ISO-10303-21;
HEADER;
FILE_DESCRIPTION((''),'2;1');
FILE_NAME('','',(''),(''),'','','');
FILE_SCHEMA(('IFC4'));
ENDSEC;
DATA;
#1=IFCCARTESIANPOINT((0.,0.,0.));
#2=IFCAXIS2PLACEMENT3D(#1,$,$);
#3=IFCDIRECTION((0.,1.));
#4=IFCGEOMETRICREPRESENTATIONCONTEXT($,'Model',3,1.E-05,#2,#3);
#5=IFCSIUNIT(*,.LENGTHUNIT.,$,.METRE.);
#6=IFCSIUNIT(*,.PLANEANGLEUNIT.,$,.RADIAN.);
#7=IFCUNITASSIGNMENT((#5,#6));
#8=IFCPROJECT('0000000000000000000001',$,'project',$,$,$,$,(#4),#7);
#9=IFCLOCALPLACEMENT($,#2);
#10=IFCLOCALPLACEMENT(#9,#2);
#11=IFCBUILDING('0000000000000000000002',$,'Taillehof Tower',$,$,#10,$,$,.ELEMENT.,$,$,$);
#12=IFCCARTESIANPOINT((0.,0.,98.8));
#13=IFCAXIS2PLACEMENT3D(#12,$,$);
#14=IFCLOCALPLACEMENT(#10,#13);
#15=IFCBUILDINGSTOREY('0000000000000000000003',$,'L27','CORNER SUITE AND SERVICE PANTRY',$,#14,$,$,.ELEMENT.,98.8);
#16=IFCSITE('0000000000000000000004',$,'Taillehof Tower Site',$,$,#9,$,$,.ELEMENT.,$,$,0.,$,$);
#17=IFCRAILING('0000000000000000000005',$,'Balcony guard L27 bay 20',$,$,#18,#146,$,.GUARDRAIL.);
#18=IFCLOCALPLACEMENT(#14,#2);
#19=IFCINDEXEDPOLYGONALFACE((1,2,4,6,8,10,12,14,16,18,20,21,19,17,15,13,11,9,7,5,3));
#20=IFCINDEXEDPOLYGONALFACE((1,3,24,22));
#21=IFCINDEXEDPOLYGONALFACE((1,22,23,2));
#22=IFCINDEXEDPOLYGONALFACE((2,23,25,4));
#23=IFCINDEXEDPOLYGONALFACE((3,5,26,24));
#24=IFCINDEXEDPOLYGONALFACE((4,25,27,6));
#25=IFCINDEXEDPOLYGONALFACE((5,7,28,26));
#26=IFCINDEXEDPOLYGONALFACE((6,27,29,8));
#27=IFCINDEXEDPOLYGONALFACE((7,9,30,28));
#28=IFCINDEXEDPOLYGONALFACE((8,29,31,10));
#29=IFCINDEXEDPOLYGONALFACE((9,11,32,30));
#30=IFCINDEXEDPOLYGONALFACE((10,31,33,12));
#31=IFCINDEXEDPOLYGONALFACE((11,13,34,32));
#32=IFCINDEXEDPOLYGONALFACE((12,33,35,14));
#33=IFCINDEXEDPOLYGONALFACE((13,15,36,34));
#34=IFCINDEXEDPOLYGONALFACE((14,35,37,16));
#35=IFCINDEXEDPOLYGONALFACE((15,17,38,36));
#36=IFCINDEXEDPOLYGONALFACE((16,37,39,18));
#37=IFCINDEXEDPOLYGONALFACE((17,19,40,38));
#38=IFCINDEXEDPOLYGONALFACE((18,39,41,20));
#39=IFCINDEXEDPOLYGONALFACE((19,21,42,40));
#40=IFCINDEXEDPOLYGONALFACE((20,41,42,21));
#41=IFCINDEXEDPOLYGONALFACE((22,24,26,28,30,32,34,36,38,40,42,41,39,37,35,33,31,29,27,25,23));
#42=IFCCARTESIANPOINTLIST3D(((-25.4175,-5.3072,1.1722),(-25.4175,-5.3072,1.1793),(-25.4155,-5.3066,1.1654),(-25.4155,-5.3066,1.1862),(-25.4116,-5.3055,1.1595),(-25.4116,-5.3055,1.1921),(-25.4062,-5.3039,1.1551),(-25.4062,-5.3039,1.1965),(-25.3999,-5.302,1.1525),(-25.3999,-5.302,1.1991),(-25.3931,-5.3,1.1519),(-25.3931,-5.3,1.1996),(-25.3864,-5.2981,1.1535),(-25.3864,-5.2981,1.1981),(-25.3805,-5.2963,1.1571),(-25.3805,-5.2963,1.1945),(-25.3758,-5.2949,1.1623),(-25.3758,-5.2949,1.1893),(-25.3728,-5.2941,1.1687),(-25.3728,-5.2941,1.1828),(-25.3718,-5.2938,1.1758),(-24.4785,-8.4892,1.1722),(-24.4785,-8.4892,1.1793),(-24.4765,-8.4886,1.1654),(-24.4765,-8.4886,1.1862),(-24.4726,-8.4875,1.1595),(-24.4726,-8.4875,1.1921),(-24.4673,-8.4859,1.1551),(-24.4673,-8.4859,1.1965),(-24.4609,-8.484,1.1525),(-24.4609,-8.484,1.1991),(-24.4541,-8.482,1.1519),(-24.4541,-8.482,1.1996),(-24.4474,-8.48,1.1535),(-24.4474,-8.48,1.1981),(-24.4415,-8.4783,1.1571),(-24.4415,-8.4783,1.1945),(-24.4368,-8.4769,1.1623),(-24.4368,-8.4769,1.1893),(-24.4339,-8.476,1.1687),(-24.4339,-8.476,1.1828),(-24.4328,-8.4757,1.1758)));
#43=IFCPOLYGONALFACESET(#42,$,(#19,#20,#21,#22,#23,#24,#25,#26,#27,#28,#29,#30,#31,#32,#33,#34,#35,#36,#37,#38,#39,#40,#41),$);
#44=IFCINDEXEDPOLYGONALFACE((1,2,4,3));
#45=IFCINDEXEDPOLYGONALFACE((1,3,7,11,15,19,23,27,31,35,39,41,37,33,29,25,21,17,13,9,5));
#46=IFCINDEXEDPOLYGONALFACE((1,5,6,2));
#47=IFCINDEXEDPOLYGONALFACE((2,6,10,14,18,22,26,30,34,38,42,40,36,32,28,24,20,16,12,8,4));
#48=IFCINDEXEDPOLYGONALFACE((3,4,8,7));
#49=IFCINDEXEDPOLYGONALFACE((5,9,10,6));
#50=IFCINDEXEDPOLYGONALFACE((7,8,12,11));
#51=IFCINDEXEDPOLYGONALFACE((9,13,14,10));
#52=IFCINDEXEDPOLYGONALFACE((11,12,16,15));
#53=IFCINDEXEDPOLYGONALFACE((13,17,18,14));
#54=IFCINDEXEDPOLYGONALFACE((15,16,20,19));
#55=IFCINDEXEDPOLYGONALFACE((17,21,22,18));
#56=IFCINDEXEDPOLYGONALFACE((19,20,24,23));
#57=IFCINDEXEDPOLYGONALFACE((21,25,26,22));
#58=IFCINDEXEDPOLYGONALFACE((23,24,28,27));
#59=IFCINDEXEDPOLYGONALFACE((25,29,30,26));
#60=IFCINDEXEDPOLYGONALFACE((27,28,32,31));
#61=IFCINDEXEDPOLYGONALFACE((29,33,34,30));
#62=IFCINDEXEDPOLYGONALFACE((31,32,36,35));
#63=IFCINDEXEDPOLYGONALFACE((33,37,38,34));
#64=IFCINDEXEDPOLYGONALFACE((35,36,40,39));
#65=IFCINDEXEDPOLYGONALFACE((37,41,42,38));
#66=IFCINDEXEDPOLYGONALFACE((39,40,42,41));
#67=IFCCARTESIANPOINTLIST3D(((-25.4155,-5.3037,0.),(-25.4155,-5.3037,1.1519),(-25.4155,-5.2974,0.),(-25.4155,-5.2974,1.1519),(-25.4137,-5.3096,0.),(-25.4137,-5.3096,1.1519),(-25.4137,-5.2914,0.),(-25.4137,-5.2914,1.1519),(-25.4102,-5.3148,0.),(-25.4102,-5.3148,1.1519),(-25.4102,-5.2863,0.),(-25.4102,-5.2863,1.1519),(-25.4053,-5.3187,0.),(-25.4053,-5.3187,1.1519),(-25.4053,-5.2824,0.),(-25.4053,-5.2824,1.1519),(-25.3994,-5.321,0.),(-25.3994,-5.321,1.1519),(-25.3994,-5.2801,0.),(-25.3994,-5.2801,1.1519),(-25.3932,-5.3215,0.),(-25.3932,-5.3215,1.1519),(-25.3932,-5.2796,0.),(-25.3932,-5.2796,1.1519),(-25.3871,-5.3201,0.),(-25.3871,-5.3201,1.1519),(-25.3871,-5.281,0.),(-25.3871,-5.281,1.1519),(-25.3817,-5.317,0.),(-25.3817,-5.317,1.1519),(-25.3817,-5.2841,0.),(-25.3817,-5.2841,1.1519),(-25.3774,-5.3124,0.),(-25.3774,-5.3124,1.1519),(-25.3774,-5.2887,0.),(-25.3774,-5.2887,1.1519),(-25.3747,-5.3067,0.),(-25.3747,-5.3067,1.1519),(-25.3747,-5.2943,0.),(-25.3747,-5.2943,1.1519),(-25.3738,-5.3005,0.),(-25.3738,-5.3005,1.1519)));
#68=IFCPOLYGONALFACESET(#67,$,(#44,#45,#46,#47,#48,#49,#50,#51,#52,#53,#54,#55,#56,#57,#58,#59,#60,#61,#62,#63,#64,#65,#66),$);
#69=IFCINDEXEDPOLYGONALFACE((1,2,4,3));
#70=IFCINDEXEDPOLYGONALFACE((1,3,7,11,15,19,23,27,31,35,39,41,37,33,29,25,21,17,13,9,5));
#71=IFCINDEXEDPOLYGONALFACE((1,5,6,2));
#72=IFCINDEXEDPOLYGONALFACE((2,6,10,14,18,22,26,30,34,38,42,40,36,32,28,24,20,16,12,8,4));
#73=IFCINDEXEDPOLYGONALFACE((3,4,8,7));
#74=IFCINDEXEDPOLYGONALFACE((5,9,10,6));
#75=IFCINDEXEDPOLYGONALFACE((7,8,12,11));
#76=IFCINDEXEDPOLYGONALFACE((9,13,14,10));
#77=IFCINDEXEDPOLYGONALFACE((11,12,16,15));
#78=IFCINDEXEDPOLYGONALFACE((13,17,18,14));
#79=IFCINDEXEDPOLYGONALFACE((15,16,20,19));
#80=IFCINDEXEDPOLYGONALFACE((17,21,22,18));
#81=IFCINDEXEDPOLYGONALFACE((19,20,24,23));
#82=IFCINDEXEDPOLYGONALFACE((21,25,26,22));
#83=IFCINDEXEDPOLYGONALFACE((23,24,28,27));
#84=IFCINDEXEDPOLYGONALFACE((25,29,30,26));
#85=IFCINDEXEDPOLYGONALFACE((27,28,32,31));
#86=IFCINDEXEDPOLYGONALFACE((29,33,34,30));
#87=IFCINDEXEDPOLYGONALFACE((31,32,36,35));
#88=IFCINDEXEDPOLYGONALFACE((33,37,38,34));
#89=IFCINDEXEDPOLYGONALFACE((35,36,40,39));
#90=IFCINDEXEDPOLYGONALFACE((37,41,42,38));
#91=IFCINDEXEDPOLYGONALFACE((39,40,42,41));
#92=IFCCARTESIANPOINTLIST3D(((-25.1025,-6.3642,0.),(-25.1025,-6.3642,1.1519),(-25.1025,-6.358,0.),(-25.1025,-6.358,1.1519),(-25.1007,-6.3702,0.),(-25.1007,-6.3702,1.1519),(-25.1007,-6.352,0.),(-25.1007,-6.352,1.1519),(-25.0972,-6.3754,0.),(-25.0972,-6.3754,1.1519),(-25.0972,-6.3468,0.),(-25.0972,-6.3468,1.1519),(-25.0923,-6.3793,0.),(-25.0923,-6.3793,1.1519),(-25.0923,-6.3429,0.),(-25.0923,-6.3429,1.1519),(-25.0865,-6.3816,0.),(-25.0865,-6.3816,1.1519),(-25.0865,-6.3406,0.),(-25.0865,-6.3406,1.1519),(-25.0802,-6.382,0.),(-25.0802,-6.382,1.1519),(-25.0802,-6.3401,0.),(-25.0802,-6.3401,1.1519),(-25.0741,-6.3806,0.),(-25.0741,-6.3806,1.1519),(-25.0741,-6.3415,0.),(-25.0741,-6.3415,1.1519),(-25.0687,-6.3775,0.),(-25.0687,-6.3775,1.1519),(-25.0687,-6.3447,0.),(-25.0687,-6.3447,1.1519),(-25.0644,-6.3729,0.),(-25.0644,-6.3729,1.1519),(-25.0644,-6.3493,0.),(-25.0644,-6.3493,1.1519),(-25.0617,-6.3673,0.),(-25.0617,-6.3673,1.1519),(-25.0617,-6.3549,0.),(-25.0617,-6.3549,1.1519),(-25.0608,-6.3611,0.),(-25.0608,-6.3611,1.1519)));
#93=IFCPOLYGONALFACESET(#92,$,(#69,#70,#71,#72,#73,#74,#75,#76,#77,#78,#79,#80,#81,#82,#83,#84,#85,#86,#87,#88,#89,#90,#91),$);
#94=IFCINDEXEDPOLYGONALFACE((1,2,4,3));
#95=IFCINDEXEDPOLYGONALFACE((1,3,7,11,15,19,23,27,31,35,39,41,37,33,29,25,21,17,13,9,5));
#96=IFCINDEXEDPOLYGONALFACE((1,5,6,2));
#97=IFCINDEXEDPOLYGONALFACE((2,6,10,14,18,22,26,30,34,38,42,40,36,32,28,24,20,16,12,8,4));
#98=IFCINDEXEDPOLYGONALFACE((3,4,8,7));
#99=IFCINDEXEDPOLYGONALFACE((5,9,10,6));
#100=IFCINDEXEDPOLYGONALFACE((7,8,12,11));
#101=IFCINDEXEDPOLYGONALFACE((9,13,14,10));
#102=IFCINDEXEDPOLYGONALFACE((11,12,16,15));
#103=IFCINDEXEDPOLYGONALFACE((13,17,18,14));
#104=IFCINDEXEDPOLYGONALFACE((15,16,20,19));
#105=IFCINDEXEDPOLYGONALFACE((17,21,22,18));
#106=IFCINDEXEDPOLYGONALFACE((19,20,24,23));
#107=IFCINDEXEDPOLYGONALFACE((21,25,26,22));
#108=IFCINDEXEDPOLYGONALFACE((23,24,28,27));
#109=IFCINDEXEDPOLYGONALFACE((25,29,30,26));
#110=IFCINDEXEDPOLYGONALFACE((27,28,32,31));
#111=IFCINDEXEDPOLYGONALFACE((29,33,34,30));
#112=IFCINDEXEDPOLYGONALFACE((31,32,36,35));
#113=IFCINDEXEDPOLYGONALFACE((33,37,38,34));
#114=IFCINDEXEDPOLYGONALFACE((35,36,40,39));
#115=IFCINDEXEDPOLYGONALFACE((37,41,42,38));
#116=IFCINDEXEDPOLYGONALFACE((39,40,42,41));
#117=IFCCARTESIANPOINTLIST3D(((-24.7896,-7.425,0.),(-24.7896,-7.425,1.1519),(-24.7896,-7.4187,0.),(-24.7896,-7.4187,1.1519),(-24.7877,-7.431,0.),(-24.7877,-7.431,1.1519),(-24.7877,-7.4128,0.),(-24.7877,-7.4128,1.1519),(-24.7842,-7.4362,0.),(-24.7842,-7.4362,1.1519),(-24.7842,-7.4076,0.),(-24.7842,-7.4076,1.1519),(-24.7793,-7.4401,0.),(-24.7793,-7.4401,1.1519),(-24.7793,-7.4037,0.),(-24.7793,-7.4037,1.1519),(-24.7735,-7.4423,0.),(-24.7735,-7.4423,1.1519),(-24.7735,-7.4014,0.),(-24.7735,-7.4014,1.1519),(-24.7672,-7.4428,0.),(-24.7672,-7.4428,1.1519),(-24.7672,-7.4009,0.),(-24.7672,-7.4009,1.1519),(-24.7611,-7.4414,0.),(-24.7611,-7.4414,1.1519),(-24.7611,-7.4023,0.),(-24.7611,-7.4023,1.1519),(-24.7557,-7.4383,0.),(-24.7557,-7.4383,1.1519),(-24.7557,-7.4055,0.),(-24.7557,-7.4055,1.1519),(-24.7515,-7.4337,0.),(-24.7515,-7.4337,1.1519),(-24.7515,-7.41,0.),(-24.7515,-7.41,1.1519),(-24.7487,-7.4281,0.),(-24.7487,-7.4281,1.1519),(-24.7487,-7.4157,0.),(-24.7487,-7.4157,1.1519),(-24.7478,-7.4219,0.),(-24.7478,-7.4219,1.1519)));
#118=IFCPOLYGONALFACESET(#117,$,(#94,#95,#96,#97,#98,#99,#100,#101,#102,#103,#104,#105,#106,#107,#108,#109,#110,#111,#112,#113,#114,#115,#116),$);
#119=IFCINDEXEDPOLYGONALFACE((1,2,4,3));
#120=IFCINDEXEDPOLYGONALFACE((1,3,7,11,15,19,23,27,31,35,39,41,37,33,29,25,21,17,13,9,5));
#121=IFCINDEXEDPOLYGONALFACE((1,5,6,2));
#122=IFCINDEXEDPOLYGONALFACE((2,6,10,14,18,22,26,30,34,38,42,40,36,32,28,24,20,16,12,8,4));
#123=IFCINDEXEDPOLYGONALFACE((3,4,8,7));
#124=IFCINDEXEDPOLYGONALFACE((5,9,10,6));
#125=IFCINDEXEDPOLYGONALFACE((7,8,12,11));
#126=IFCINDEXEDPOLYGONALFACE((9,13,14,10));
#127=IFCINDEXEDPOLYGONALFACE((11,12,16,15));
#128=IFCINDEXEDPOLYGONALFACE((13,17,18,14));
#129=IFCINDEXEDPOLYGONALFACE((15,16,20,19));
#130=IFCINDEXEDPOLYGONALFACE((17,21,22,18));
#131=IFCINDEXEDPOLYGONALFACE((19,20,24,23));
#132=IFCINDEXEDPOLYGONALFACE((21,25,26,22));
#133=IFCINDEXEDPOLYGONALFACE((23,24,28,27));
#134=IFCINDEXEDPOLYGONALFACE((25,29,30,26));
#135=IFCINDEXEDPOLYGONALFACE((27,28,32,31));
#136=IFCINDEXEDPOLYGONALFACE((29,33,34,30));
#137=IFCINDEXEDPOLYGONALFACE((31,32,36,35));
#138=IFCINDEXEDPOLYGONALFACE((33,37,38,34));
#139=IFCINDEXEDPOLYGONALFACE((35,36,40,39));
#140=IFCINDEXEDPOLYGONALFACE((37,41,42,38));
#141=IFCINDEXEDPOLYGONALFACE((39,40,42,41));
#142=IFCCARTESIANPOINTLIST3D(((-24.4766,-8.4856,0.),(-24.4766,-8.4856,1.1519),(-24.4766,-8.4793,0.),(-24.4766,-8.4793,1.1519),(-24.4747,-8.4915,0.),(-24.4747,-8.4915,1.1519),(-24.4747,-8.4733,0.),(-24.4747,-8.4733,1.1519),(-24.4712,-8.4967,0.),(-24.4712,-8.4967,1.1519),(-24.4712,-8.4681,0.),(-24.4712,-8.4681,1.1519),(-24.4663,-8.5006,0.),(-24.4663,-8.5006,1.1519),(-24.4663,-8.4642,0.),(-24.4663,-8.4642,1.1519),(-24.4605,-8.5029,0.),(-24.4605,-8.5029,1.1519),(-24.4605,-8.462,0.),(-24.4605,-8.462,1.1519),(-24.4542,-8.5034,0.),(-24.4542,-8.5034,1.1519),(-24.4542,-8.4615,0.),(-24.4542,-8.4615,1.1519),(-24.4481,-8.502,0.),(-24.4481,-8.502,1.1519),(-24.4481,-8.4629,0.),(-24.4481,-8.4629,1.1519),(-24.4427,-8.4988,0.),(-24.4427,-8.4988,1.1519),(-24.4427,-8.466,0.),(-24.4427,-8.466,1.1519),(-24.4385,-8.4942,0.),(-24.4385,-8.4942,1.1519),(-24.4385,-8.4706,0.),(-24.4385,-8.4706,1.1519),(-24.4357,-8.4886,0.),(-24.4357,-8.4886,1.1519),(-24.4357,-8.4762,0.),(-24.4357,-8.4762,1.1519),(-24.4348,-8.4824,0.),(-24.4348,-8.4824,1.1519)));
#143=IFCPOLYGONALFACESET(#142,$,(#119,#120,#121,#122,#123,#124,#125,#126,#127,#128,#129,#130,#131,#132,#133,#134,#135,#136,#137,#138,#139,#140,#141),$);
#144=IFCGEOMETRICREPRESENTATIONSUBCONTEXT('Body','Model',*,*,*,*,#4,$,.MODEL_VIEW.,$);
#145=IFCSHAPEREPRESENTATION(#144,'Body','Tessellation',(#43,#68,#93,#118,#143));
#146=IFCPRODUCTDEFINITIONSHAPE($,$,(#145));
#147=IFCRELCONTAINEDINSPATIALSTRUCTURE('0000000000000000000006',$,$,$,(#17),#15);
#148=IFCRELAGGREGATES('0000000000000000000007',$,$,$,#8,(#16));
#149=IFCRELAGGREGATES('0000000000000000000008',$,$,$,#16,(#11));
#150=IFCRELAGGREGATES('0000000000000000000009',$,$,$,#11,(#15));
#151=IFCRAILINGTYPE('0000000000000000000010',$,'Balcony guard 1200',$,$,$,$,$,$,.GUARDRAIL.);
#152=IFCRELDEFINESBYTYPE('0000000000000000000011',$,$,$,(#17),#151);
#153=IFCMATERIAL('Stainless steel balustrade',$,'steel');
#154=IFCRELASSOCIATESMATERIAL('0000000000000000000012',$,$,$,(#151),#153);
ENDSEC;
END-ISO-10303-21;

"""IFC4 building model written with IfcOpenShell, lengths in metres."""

from ifc_helpers import new_model, si_unit, direction, frame, origin, origin_2d, place, context, subcontext, project, spatial, circle, extrude, material, type_object, element, save


model = new_model("IFC4")

# Units and contexts
model_context = context("Model", 3, precision=1e-05, world=origin(), true_north=direction((0.0, 1.0)))
body_context = subcontext(model_context, "Body", "Model", "MODEL_VIEW")
ifc_project = project(units=[si_unit("LENGTHUNIT", "METRE"), si_unit("PLANEANGLEUNIT", "RADIAN")], contexts=[model_context])

# Site, building, storey
site_placement = place(None, origin())
site = spatial("IfcSite", under=ifc_project, at=site_placement, Name="Taillehof Tower Site", CompositionType="ELEMENT", RefElevation=0.0)
building_placement = place(site_placement, origin())
building = spatial("IfcBuilding", under=site, at=building_placement, Name="Taillehof Tower", CompositionType="ELEMENT")
storey_placement = place(building_placement, frame((0.0, 0.0, 98.8)))
storey = spatial("IfcBuildingStorey", under=building, at=storey_placement, Name="L27", Description="CORNER SUITE AND SERVICE PANTRY", CompositionType="ELEMENT", Elevation=98.8)

# Railing
ifc_material_1 = material(Name="Stainless steel balustrade", Category="steel")
railing_type = type_object("IfcRailingType", Name="Balcony guard 1200", PredefinedType="GUARDRAIL", material=ifc_material_1)
railing_placement = place(storey_placement, frame((-25.3948, -5.3005, 0.0)))
element("IfcRailing", 1, at=railing_placement, inside=storey, type_object=railing_type, Name="Balcony guard L27 bay 20", PredefinedType="GUARDRAIL", context=body_context, shape_type="SweptSolid", body=[
    extrude(circle(Radius=0.0239, at=origin_2d()), frame((0.0, 0.0, 1.1758), z_axis=(0.283031, -0.959111, 0.0), x_axis=(0.959111, 0.283031, 0.0)), (0.0, 0.0, 1.0), 3.3176),
    extrude(circle(Radius=0.021, at=origin_2d()), origin(), (0.0, 0.0, 1.0), 1.1519),
    extrude(circle(Radius=0.021, at=origin_2d()), frame((0.313, -1.0605, 0.0)), (0.0, 0.0, 1.0), 1.1519),
    extrude(circle(Radius=0.021, at=origin_2d()), frame((0.626, -2.1213, 0.0)), (0.0, 0.0, 1.0), 1.1519),
    extrude(circle(Radius=0.021, at=origin_2d()), frame((0.939, -3.1819, 0.0)), (0.0, 0.0, 1.0), 1.1519),
])

save(model, "model.ifc")
